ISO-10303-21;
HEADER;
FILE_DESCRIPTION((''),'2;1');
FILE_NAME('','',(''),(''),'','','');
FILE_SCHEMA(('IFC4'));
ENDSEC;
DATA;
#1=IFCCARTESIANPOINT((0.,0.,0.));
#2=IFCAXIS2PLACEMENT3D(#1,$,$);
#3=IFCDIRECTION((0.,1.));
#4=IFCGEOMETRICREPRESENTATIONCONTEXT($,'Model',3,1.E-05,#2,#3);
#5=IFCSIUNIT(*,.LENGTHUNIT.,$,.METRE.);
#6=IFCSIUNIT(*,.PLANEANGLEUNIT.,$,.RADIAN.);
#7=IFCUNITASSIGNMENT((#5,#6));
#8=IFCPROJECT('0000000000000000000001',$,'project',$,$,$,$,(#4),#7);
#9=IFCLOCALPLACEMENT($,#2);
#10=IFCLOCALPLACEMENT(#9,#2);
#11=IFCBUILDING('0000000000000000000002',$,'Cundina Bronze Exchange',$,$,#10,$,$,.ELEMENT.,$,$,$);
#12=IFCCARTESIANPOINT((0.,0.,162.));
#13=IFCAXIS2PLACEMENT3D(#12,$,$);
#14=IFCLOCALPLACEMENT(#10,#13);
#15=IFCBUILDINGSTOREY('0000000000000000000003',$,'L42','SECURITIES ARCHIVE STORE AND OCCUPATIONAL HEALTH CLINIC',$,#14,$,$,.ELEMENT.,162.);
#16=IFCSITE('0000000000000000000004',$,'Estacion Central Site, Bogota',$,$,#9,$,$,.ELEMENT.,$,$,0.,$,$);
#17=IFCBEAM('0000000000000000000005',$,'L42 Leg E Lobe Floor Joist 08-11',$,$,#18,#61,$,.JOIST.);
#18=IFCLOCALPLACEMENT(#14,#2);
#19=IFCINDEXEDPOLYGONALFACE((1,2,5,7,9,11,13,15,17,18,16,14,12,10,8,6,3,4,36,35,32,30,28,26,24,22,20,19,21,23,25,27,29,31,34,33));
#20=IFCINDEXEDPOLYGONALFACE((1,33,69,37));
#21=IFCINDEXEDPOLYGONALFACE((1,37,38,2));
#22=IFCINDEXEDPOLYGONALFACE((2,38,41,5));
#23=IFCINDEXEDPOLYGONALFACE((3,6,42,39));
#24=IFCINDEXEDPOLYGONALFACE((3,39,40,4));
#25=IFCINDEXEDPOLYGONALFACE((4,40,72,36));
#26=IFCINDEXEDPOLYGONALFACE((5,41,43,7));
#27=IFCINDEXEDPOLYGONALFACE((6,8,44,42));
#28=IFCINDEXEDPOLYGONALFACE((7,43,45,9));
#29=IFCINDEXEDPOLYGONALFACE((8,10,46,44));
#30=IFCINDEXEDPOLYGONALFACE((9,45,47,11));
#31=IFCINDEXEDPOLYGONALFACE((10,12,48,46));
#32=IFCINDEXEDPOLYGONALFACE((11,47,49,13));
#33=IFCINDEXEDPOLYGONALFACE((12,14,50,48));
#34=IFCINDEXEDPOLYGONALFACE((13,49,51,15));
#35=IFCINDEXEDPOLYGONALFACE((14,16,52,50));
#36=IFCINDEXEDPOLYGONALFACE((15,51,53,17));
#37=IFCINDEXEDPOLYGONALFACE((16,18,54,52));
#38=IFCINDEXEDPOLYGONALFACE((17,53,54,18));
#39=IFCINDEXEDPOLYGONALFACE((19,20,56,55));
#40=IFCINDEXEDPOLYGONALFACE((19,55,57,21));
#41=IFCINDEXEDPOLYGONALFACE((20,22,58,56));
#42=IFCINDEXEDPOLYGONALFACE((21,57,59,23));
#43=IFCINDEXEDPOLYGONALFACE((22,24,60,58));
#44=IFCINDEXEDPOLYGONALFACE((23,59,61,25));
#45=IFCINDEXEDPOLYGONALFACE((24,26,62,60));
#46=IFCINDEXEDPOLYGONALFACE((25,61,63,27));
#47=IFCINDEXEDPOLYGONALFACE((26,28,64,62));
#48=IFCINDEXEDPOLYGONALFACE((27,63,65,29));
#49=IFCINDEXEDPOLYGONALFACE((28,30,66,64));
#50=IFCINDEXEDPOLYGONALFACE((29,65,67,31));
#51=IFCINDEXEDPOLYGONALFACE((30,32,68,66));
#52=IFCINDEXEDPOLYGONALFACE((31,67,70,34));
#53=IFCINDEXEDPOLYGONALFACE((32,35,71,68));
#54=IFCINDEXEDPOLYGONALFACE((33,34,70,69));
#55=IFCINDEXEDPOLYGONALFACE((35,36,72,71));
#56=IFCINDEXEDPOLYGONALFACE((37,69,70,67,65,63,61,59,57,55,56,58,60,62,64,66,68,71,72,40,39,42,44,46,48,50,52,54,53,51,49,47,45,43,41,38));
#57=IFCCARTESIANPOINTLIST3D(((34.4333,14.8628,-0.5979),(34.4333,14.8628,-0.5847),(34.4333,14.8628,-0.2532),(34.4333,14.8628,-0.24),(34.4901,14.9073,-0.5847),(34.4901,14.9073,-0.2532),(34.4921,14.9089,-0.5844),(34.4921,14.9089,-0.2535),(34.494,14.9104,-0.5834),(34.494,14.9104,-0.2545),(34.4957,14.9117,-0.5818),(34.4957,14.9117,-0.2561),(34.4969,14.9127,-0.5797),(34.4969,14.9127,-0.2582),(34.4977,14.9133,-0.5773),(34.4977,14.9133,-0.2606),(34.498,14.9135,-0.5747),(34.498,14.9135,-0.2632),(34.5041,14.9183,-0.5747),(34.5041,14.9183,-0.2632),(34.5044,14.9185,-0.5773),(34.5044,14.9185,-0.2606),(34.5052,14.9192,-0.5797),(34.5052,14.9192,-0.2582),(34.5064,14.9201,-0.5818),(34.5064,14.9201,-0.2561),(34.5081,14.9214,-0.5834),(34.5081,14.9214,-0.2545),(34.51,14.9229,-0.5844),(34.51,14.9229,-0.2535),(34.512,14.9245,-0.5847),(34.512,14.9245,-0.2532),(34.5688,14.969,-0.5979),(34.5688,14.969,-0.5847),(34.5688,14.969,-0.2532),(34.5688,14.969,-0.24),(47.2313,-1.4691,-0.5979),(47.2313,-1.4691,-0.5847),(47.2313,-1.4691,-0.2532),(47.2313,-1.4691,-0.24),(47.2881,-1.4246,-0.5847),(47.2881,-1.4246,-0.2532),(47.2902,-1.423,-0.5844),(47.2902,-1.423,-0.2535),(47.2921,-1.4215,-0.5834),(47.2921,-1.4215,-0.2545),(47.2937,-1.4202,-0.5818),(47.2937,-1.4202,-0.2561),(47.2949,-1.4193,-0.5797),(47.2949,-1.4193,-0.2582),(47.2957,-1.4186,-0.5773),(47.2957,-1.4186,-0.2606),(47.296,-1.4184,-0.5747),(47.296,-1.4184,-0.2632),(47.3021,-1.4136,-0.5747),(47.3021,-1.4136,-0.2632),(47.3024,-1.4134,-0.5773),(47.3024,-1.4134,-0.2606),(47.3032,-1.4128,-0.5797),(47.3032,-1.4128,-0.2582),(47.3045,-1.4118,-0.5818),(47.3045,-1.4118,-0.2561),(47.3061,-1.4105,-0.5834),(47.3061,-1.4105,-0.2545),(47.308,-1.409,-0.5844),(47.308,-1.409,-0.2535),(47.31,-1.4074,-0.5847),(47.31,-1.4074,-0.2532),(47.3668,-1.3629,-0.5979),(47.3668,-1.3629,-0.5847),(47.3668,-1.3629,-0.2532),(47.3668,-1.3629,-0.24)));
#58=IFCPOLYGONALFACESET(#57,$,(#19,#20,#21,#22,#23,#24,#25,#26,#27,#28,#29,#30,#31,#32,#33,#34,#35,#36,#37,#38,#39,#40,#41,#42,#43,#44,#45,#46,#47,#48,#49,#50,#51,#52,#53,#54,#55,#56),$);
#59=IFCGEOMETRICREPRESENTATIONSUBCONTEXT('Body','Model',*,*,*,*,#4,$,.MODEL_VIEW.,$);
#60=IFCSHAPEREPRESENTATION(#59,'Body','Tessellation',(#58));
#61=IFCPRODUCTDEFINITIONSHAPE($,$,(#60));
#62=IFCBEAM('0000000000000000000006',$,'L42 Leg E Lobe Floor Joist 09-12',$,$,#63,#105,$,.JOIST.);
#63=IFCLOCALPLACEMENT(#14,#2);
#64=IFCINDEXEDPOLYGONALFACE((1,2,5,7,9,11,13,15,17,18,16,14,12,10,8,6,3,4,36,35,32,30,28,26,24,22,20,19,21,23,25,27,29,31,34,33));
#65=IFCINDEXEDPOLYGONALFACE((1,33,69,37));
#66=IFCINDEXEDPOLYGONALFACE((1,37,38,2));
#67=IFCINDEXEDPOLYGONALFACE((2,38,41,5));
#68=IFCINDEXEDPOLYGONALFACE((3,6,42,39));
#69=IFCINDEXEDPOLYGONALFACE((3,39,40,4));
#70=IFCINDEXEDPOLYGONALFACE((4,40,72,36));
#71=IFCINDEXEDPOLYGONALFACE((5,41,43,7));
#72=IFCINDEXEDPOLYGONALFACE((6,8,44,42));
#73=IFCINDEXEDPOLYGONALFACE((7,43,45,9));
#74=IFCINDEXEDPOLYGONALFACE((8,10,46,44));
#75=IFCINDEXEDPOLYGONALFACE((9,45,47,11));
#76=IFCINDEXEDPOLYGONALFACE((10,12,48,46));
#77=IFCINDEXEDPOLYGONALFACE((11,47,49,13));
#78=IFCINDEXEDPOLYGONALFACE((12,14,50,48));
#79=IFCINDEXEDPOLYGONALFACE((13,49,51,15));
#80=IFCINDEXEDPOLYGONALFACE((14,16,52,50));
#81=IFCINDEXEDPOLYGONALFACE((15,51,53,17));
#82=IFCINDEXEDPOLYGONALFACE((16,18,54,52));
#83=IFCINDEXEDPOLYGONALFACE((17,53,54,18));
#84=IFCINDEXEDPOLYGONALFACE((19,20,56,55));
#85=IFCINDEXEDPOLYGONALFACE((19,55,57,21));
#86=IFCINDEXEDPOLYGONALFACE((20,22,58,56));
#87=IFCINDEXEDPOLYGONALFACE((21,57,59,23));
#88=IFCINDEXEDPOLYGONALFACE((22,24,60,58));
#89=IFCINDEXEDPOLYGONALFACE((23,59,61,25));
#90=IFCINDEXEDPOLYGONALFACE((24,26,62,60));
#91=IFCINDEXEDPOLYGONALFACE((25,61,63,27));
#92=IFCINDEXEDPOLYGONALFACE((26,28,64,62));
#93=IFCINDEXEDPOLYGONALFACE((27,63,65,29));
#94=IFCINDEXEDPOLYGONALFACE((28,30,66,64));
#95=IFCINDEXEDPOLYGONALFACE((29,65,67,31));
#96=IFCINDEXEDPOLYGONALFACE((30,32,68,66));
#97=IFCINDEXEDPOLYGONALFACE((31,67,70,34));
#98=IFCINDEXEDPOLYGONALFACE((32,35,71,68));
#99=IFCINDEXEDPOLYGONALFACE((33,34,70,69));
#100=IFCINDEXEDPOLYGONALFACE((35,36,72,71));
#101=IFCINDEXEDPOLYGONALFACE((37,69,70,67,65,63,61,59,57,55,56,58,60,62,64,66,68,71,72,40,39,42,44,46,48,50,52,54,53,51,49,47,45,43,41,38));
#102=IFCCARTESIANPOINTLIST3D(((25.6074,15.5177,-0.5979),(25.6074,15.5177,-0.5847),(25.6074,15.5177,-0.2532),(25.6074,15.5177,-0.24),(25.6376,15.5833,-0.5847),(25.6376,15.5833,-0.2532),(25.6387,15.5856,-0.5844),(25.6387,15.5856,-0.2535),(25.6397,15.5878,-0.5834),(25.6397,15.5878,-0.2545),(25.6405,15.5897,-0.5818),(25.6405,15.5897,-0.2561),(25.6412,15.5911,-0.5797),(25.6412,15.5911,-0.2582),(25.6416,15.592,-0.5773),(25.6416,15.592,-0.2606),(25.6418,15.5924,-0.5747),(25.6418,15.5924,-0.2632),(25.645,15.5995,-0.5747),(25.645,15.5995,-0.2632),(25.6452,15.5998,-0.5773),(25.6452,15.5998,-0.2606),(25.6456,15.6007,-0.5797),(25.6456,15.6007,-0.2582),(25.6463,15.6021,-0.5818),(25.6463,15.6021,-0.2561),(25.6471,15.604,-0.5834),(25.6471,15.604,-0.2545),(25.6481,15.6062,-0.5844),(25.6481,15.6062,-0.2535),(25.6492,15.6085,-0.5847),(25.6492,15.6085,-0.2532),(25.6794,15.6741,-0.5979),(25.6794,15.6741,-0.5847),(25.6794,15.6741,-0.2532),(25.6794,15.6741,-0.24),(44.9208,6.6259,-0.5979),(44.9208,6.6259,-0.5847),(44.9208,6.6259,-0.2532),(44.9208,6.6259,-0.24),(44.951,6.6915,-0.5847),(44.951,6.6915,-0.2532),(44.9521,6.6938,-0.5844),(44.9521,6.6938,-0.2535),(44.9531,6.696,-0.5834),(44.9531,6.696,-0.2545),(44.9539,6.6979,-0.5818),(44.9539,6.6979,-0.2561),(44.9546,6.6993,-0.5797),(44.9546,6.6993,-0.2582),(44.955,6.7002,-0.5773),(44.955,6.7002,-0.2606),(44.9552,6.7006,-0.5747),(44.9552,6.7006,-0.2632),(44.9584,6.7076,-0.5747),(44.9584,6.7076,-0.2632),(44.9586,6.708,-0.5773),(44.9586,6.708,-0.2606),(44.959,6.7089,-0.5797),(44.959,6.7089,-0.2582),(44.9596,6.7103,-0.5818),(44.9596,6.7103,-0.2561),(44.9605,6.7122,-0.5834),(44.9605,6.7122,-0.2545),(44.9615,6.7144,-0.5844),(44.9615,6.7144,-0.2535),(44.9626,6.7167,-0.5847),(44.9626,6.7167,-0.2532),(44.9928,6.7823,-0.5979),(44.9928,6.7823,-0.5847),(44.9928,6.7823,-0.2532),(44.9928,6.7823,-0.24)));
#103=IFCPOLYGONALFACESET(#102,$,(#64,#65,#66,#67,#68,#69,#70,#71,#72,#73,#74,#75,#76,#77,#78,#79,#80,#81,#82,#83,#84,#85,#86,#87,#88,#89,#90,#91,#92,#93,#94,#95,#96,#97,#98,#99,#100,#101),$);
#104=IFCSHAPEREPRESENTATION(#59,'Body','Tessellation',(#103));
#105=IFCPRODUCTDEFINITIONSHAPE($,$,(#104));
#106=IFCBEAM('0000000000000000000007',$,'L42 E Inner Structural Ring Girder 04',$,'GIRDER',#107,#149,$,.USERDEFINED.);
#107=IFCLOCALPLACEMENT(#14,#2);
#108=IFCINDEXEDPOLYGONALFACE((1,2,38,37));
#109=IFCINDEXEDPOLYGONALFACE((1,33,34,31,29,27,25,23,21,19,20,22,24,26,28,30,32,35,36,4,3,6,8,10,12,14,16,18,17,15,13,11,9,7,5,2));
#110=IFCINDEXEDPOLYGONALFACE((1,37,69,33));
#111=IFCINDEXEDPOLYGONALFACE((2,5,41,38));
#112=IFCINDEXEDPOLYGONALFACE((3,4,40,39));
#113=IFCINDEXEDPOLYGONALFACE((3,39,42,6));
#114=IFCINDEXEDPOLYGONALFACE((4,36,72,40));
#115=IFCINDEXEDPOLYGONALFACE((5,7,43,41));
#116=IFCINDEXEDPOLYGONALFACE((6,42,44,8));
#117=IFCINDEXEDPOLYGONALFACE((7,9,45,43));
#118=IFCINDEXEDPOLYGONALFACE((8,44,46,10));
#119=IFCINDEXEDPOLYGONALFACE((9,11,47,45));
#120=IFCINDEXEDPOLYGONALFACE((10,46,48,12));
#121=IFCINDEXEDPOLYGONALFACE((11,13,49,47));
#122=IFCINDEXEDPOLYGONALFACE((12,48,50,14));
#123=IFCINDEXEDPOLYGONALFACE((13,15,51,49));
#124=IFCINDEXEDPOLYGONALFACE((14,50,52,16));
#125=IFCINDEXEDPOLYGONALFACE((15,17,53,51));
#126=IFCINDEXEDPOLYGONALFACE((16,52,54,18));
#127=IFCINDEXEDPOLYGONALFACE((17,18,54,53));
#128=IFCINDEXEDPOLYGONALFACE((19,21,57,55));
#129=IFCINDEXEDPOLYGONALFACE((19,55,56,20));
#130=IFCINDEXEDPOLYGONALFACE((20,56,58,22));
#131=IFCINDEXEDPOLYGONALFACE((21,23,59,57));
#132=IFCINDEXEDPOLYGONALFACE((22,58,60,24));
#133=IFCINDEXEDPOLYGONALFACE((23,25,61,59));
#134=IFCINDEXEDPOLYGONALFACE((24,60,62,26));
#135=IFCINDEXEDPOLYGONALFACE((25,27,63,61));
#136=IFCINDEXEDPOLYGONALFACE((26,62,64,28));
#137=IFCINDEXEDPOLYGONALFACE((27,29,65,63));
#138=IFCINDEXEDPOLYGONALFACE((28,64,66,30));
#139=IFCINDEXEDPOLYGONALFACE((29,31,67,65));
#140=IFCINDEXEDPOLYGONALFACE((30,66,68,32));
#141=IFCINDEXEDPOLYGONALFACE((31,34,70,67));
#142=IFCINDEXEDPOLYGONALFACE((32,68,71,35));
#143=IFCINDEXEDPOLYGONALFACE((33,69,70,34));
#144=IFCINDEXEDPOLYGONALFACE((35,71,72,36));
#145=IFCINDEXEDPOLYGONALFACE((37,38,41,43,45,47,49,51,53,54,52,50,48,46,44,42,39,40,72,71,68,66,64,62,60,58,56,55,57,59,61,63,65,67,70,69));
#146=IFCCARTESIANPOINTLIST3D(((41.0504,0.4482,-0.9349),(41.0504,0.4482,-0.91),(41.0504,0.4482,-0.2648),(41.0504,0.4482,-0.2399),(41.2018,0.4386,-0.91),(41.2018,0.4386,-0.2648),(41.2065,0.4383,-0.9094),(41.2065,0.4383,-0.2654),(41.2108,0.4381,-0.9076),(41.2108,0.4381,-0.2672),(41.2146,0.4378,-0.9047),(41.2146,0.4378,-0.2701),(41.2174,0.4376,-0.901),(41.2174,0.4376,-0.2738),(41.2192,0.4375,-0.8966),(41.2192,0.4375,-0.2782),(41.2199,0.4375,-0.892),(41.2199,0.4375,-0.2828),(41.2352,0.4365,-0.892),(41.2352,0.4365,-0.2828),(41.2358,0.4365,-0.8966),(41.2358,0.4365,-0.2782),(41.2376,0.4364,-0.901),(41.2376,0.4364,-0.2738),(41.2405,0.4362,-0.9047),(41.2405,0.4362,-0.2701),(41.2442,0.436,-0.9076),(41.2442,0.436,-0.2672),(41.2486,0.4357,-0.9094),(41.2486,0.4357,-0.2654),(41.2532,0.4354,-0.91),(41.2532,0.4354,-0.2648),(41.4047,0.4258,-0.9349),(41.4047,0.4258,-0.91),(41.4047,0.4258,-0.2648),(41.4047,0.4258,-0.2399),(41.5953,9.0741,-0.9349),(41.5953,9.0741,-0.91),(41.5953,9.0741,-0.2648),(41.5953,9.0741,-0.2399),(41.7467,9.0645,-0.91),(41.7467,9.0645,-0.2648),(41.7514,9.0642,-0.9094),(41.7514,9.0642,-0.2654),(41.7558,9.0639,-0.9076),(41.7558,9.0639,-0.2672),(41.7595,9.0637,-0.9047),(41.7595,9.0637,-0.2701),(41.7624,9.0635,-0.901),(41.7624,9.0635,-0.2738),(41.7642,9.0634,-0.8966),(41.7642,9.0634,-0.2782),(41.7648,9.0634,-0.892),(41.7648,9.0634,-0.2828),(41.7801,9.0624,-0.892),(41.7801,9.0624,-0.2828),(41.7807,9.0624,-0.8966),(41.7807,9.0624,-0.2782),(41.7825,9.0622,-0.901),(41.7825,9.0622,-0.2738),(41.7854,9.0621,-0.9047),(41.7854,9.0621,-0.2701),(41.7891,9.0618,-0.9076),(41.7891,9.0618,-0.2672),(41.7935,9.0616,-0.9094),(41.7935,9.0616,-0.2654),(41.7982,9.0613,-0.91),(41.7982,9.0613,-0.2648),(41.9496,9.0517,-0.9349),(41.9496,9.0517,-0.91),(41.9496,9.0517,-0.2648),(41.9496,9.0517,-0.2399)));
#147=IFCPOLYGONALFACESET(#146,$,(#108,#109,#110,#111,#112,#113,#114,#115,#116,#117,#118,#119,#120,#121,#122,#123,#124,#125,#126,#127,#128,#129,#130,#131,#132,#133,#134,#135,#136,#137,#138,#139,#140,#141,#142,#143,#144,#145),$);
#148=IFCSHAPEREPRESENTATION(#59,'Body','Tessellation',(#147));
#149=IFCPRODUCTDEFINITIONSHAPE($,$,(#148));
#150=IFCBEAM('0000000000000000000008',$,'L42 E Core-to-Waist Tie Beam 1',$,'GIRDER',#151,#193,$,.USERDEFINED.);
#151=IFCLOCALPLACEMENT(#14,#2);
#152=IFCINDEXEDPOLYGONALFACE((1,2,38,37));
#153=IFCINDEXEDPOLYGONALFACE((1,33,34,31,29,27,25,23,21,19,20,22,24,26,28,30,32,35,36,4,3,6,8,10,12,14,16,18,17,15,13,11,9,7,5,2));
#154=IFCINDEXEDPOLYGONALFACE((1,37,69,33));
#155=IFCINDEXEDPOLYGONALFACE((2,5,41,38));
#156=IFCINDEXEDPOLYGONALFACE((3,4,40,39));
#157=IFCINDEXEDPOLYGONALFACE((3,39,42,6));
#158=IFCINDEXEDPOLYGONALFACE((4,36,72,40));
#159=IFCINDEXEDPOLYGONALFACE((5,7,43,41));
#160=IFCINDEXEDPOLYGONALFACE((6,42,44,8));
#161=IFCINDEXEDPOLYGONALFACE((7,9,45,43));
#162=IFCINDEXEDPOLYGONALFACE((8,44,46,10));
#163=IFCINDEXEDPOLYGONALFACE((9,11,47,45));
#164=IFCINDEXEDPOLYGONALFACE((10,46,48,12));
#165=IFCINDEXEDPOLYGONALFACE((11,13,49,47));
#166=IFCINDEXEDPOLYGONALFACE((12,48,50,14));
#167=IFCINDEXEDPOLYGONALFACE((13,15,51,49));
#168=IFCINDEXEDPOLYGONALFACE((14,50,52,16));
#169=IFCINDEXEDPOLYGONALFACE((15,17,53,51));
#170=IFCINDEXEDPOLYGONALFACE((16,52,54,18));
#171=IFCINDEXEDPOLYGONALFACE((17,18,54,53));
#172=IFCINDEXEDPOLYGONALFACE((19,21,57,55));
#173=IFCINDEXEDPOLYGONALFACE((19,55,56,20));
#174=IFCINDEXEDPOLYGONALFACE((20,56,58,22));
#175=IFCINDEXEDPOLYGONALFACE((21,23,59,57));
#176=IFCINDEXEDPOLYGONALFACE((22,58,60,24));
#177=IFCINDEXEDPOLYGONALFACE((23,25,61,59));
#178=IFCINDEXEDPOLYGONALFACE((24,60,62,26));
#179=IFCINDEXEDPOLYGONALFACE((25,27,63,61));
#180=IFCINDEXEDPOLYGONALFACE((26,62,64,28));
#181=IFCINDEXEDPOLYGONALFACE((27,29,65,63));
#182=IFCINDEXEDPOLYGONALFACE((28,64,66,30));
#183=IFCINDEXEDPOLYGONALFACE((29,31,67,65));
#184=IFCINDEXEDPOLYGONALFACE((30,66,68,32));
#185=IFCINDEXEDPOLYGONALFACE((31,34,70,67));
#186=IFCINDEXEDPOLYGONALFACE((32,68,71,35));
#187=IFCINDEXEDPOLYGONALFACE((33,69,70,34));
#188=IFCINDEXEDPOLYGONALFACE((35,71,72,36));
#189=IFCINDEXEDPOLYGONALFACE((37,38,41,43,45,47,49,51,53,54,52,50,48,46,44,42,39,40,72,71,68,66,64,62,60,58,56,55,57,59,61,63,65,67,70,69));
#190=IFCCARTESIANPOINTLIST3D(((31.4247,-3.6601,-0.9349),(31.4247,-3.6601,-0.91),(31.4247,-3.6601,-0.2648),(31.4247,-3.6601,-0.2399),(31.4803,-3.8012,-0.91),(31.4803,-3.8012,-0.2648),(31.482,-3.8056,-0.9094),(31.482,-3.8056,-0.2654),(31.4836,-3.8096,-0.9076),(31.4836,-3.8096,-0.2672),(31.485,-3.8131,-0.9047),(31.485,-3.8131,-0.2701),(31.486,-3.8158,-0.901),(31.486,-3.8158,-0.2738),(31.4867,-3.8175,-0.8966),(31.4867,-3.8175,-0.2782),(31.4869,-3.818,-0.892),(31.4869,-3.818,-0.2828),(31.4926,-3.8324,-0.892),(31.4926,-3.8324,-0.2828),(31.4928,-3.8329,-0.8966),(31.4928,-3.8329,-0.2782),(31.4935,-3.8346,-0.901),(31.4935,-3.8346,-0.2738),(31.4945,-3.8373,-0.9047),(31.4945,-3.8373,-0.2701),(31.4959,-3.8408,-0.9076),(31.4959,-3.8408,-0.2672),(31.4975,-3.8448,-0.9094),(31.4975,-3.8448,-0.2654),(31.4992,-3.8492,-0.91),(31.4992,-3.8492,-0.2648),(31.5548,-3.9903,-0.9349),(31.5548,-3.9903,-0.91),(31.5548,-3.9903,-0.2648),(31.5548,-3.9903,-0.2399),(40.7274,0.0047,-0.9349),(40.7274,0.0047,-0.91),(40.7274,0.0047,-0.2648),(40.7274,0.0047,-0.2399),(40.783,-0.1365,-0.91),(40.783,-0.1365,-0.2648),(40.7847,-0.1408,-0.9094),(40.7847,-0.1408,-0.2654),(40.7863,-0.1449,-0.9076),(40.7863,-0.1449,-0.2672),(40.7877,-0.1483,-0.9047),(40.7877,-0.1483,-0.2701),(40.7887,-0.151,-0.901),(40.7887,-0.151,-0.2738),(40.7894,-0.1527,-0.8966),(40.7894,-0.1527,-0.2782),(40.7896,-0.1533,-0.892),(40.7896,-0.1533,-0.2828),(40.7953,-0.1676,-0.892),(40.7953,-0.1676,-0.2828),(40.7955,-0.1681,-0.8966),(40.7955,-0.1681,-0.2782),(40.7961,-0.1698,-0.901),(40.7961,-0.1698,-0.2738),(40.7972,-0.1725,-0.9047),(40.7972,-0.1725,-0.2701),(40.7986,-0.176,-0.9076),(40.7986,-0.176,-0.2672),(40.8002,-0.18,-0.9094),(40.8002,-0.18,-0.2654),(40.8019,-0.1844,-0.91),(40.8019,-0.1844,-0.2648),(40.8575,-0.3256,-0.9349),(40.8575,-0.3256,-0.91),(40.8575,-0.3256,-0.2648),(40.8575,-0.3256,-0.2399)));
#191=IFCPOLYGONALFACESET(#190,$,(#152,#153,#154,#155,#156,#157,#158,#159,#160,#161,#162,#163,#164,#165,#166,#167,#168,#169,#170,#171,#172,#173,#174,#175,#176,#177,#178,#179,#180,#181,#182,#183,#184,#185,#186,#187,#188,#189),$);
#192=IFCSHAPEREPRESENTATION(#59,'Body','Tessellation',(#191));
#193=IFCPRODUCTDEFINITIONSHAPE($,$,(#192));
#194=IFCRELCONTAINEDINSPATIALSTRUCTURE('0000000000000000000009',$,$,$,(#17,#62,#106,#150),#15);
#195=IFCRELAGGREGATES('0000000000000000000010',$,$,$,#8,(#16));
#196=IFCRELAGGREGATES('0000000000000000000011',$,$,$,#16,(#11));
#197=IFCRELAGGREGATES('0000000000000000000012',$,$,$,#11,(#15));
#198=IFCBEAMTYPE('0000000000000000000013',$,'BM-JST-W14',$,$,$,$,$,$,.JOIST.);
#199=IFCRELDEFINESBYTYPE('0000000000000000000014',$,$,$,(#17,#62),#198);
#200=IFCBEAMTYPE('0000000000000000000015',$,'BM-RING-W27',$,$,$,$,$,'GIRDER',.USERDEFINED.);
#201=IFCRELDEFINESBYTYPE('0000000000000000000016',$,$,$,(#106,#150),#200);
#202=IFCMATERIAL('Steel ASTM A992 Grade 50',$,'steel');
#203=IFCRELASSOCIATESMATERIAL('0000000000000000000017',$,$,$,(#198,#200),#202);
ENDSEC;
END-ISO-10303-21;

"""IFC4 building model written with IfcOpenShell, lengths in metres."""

from ifc_helpers import new_model, si_unit, direction, frame, origin, origin_2d, place, context, subcontext, project, spatial, i_section, extrude, material, material_profile, profile_set, type_object, element, save


model = new_model("IFC4")

# Units and contexts
model_context = context("Model", 3, precision=1e-05, world=origin(), true_north=direction((0.0, 1.0)))
body_context = subcontext(model_context, "Body", "Model", "MODEL_VIEW")
ifc_project = project(units=[si_unit("LENGTHUNIT", "METRE"), si_unit("PLANEANGLEUNIT", "RADIAN")], contexts=[model_context])

# Site, building, storey
site_placement = place(None, origin())
site = spatial("IfcSite", under=ifc_project, at=site_placement, Name="Estacion Central Site, Bogota", CompositionType="ELEMENT", RefElevation=0.0)
building_placement = place(site_placement, origin())
building = spatial("IfcBuilding", under=site, at=building_placement, Name="Cundina Bronze Exchange", CompositionType="ELEMENT")
storey_placement = place(building_placement, frame((0.0, 0.0, 162.0)))
storey = spatial("IfcBuildingStorey", under=building, at=storey_placement, Name="L42", Description="SECURITIES ARCHIVE STORE AND OCCUPATIONAL HEALTH CLINIC", CompositionType="ELEMENT", Elevation=162.0)

# Shared definitions
ifc_material_1 = material(Name="Steel ASTM A992 Grade 50", Category="steel")

# Beams
ifc_material_profile_1 = material_profile(ifc_material_1, i_section(OverallWidth=0.1721, OverallDepth=0.3579, WebThickness=0.0078, FlangeThickness=0.0132, FilletRadius=0.01, at=origin_2d()), Name="W14X38", Category="steel")
ifc_profile_set_1 = profile_set([ifc_material_profile_1], Name="Steel ASTM A992 Grade 50")
beam_type_1 = type_object("IfcBeamType", Name="BM-JST-W14", PredefinedType="JOIST", material=ifc_profile_set_1)
beam_1_placement = place(storey_placement, frame((47.2991, -1.416, -0.4189), z_axis=(-0.616801, 0.787119, 0.0), x_axis=(-0.787119, -0.616801, 0.0)))
element("IfcBeam", 1, at=beam_1_placement, inside=storey, type_object=beam_type_1, Name="L42 Leg E Lobe Floor Joist 08-11", PredefinedType="JOIST", context=body_context, shape_type="SweptSolid", body=[
    extrude(i_section(OverallWidth=0.1721, OverallDepth=0.3579, WebThickness=0.0078, FlangeThickness=0.0132, FilletRadius=0.01, at=origin_2d()), origin(), (0.0, 0.0, 1.0), 20.749),
])
beam_2_placement = place(storey_placement, frame((44.9568, 6.7041, -0.4189), z_axis=(-0.908354, 0.418202, 0.0), x_axis=(-0.418202, -0.908354, 0.0)))
element("IfcBeam", 2, at=beam_2_placement, inside=storey, type_object=beam_type_1, Name="L42 Leg E Lobe Floor Joist 09-12", PredefinedType="JOIST", context=body_context, shape_type="SweptSolid", body=[
    extrude(i_section(OverallWidth=0.1721, OverallDepth=0.3579, WebThickness=0.0078, FlangeThickness=0.0132, FilletRadius=0.01, at=origin_2d()), origin(), (0.0, 0.0, 1.0), 21.262),
])
ifc_material_profile_2 = material_profile(ifc_material_1, i_section(OverallWidth=0.355, OverallDepth=0.6951, WebThickness=0.0154, FlangeThickness=0.0249, FilletRadius=0.0181, at=origin_2d()), Name="W27X146", Category="steel")
ifc_profile_set_2 = profile_set([ifc_material_profile_2], Name="Steel ASTM A992 Grade 50")
beam_type_2 = type_object("IfcBeamType", Name="BM-RING-W27", ElementType="GIRDER", PredefinedType="USERDEFINED", material=ifc_profile_set_2)
beam_3_placement = place(storey_placement, frame((41.2275, 0.437, -0.5874), z_axis=(0.063047, 0.998011, 0.0), x_axis=(-0.998011, 0.063047, 0.0)))
element("IfcBeam", 3, at=beam_3_placement, inside=storey, type_object=beam_type_2, Name="L42 E Inner Structural Ring Girder 04", ObjectType="GIRDER", PredefinedType="USERDEFINED", context=body_context, shape_type="SweptSolid", body=[
    extrude(i_section(OverallWidth=0.355, OverallDepth=0.6951, WebThickness=0.0154, FlangeThickness=0.0249, FilletRadius=0.0181, at=origin_2d()), origin(), (0.0, 0.0, 1.0), 8.6431),
])
beam_4_placement = place(storey_placement, frame((31.4897, -3.8252, -0.5874), z_axis=(0.930406, 0.366532, 0.0), x_axis=(-0.366532, 0.930406, 0.0)))
element("IfcBeam", 4, at=beam_4_placement, inside=storey, type_object=beam_type_2, Name="L42 E Core-to-Waist Tie Beam 1", ObjectType="GIRDER", PredefinedType="USERDEFINED", context=body_context, shape_type="SweptSolid", body=[
    extrude(i_section(OverallWidth=0.355, OverallDepth=0.6951, WebThickness=0.0154, FlangeThickness=0.0249, FilletRadius=0.0181, at=origin_2d()), origin(), (0.0, 0.0, 1.0), 9.9985),
])

save(model, "model.ifc")
